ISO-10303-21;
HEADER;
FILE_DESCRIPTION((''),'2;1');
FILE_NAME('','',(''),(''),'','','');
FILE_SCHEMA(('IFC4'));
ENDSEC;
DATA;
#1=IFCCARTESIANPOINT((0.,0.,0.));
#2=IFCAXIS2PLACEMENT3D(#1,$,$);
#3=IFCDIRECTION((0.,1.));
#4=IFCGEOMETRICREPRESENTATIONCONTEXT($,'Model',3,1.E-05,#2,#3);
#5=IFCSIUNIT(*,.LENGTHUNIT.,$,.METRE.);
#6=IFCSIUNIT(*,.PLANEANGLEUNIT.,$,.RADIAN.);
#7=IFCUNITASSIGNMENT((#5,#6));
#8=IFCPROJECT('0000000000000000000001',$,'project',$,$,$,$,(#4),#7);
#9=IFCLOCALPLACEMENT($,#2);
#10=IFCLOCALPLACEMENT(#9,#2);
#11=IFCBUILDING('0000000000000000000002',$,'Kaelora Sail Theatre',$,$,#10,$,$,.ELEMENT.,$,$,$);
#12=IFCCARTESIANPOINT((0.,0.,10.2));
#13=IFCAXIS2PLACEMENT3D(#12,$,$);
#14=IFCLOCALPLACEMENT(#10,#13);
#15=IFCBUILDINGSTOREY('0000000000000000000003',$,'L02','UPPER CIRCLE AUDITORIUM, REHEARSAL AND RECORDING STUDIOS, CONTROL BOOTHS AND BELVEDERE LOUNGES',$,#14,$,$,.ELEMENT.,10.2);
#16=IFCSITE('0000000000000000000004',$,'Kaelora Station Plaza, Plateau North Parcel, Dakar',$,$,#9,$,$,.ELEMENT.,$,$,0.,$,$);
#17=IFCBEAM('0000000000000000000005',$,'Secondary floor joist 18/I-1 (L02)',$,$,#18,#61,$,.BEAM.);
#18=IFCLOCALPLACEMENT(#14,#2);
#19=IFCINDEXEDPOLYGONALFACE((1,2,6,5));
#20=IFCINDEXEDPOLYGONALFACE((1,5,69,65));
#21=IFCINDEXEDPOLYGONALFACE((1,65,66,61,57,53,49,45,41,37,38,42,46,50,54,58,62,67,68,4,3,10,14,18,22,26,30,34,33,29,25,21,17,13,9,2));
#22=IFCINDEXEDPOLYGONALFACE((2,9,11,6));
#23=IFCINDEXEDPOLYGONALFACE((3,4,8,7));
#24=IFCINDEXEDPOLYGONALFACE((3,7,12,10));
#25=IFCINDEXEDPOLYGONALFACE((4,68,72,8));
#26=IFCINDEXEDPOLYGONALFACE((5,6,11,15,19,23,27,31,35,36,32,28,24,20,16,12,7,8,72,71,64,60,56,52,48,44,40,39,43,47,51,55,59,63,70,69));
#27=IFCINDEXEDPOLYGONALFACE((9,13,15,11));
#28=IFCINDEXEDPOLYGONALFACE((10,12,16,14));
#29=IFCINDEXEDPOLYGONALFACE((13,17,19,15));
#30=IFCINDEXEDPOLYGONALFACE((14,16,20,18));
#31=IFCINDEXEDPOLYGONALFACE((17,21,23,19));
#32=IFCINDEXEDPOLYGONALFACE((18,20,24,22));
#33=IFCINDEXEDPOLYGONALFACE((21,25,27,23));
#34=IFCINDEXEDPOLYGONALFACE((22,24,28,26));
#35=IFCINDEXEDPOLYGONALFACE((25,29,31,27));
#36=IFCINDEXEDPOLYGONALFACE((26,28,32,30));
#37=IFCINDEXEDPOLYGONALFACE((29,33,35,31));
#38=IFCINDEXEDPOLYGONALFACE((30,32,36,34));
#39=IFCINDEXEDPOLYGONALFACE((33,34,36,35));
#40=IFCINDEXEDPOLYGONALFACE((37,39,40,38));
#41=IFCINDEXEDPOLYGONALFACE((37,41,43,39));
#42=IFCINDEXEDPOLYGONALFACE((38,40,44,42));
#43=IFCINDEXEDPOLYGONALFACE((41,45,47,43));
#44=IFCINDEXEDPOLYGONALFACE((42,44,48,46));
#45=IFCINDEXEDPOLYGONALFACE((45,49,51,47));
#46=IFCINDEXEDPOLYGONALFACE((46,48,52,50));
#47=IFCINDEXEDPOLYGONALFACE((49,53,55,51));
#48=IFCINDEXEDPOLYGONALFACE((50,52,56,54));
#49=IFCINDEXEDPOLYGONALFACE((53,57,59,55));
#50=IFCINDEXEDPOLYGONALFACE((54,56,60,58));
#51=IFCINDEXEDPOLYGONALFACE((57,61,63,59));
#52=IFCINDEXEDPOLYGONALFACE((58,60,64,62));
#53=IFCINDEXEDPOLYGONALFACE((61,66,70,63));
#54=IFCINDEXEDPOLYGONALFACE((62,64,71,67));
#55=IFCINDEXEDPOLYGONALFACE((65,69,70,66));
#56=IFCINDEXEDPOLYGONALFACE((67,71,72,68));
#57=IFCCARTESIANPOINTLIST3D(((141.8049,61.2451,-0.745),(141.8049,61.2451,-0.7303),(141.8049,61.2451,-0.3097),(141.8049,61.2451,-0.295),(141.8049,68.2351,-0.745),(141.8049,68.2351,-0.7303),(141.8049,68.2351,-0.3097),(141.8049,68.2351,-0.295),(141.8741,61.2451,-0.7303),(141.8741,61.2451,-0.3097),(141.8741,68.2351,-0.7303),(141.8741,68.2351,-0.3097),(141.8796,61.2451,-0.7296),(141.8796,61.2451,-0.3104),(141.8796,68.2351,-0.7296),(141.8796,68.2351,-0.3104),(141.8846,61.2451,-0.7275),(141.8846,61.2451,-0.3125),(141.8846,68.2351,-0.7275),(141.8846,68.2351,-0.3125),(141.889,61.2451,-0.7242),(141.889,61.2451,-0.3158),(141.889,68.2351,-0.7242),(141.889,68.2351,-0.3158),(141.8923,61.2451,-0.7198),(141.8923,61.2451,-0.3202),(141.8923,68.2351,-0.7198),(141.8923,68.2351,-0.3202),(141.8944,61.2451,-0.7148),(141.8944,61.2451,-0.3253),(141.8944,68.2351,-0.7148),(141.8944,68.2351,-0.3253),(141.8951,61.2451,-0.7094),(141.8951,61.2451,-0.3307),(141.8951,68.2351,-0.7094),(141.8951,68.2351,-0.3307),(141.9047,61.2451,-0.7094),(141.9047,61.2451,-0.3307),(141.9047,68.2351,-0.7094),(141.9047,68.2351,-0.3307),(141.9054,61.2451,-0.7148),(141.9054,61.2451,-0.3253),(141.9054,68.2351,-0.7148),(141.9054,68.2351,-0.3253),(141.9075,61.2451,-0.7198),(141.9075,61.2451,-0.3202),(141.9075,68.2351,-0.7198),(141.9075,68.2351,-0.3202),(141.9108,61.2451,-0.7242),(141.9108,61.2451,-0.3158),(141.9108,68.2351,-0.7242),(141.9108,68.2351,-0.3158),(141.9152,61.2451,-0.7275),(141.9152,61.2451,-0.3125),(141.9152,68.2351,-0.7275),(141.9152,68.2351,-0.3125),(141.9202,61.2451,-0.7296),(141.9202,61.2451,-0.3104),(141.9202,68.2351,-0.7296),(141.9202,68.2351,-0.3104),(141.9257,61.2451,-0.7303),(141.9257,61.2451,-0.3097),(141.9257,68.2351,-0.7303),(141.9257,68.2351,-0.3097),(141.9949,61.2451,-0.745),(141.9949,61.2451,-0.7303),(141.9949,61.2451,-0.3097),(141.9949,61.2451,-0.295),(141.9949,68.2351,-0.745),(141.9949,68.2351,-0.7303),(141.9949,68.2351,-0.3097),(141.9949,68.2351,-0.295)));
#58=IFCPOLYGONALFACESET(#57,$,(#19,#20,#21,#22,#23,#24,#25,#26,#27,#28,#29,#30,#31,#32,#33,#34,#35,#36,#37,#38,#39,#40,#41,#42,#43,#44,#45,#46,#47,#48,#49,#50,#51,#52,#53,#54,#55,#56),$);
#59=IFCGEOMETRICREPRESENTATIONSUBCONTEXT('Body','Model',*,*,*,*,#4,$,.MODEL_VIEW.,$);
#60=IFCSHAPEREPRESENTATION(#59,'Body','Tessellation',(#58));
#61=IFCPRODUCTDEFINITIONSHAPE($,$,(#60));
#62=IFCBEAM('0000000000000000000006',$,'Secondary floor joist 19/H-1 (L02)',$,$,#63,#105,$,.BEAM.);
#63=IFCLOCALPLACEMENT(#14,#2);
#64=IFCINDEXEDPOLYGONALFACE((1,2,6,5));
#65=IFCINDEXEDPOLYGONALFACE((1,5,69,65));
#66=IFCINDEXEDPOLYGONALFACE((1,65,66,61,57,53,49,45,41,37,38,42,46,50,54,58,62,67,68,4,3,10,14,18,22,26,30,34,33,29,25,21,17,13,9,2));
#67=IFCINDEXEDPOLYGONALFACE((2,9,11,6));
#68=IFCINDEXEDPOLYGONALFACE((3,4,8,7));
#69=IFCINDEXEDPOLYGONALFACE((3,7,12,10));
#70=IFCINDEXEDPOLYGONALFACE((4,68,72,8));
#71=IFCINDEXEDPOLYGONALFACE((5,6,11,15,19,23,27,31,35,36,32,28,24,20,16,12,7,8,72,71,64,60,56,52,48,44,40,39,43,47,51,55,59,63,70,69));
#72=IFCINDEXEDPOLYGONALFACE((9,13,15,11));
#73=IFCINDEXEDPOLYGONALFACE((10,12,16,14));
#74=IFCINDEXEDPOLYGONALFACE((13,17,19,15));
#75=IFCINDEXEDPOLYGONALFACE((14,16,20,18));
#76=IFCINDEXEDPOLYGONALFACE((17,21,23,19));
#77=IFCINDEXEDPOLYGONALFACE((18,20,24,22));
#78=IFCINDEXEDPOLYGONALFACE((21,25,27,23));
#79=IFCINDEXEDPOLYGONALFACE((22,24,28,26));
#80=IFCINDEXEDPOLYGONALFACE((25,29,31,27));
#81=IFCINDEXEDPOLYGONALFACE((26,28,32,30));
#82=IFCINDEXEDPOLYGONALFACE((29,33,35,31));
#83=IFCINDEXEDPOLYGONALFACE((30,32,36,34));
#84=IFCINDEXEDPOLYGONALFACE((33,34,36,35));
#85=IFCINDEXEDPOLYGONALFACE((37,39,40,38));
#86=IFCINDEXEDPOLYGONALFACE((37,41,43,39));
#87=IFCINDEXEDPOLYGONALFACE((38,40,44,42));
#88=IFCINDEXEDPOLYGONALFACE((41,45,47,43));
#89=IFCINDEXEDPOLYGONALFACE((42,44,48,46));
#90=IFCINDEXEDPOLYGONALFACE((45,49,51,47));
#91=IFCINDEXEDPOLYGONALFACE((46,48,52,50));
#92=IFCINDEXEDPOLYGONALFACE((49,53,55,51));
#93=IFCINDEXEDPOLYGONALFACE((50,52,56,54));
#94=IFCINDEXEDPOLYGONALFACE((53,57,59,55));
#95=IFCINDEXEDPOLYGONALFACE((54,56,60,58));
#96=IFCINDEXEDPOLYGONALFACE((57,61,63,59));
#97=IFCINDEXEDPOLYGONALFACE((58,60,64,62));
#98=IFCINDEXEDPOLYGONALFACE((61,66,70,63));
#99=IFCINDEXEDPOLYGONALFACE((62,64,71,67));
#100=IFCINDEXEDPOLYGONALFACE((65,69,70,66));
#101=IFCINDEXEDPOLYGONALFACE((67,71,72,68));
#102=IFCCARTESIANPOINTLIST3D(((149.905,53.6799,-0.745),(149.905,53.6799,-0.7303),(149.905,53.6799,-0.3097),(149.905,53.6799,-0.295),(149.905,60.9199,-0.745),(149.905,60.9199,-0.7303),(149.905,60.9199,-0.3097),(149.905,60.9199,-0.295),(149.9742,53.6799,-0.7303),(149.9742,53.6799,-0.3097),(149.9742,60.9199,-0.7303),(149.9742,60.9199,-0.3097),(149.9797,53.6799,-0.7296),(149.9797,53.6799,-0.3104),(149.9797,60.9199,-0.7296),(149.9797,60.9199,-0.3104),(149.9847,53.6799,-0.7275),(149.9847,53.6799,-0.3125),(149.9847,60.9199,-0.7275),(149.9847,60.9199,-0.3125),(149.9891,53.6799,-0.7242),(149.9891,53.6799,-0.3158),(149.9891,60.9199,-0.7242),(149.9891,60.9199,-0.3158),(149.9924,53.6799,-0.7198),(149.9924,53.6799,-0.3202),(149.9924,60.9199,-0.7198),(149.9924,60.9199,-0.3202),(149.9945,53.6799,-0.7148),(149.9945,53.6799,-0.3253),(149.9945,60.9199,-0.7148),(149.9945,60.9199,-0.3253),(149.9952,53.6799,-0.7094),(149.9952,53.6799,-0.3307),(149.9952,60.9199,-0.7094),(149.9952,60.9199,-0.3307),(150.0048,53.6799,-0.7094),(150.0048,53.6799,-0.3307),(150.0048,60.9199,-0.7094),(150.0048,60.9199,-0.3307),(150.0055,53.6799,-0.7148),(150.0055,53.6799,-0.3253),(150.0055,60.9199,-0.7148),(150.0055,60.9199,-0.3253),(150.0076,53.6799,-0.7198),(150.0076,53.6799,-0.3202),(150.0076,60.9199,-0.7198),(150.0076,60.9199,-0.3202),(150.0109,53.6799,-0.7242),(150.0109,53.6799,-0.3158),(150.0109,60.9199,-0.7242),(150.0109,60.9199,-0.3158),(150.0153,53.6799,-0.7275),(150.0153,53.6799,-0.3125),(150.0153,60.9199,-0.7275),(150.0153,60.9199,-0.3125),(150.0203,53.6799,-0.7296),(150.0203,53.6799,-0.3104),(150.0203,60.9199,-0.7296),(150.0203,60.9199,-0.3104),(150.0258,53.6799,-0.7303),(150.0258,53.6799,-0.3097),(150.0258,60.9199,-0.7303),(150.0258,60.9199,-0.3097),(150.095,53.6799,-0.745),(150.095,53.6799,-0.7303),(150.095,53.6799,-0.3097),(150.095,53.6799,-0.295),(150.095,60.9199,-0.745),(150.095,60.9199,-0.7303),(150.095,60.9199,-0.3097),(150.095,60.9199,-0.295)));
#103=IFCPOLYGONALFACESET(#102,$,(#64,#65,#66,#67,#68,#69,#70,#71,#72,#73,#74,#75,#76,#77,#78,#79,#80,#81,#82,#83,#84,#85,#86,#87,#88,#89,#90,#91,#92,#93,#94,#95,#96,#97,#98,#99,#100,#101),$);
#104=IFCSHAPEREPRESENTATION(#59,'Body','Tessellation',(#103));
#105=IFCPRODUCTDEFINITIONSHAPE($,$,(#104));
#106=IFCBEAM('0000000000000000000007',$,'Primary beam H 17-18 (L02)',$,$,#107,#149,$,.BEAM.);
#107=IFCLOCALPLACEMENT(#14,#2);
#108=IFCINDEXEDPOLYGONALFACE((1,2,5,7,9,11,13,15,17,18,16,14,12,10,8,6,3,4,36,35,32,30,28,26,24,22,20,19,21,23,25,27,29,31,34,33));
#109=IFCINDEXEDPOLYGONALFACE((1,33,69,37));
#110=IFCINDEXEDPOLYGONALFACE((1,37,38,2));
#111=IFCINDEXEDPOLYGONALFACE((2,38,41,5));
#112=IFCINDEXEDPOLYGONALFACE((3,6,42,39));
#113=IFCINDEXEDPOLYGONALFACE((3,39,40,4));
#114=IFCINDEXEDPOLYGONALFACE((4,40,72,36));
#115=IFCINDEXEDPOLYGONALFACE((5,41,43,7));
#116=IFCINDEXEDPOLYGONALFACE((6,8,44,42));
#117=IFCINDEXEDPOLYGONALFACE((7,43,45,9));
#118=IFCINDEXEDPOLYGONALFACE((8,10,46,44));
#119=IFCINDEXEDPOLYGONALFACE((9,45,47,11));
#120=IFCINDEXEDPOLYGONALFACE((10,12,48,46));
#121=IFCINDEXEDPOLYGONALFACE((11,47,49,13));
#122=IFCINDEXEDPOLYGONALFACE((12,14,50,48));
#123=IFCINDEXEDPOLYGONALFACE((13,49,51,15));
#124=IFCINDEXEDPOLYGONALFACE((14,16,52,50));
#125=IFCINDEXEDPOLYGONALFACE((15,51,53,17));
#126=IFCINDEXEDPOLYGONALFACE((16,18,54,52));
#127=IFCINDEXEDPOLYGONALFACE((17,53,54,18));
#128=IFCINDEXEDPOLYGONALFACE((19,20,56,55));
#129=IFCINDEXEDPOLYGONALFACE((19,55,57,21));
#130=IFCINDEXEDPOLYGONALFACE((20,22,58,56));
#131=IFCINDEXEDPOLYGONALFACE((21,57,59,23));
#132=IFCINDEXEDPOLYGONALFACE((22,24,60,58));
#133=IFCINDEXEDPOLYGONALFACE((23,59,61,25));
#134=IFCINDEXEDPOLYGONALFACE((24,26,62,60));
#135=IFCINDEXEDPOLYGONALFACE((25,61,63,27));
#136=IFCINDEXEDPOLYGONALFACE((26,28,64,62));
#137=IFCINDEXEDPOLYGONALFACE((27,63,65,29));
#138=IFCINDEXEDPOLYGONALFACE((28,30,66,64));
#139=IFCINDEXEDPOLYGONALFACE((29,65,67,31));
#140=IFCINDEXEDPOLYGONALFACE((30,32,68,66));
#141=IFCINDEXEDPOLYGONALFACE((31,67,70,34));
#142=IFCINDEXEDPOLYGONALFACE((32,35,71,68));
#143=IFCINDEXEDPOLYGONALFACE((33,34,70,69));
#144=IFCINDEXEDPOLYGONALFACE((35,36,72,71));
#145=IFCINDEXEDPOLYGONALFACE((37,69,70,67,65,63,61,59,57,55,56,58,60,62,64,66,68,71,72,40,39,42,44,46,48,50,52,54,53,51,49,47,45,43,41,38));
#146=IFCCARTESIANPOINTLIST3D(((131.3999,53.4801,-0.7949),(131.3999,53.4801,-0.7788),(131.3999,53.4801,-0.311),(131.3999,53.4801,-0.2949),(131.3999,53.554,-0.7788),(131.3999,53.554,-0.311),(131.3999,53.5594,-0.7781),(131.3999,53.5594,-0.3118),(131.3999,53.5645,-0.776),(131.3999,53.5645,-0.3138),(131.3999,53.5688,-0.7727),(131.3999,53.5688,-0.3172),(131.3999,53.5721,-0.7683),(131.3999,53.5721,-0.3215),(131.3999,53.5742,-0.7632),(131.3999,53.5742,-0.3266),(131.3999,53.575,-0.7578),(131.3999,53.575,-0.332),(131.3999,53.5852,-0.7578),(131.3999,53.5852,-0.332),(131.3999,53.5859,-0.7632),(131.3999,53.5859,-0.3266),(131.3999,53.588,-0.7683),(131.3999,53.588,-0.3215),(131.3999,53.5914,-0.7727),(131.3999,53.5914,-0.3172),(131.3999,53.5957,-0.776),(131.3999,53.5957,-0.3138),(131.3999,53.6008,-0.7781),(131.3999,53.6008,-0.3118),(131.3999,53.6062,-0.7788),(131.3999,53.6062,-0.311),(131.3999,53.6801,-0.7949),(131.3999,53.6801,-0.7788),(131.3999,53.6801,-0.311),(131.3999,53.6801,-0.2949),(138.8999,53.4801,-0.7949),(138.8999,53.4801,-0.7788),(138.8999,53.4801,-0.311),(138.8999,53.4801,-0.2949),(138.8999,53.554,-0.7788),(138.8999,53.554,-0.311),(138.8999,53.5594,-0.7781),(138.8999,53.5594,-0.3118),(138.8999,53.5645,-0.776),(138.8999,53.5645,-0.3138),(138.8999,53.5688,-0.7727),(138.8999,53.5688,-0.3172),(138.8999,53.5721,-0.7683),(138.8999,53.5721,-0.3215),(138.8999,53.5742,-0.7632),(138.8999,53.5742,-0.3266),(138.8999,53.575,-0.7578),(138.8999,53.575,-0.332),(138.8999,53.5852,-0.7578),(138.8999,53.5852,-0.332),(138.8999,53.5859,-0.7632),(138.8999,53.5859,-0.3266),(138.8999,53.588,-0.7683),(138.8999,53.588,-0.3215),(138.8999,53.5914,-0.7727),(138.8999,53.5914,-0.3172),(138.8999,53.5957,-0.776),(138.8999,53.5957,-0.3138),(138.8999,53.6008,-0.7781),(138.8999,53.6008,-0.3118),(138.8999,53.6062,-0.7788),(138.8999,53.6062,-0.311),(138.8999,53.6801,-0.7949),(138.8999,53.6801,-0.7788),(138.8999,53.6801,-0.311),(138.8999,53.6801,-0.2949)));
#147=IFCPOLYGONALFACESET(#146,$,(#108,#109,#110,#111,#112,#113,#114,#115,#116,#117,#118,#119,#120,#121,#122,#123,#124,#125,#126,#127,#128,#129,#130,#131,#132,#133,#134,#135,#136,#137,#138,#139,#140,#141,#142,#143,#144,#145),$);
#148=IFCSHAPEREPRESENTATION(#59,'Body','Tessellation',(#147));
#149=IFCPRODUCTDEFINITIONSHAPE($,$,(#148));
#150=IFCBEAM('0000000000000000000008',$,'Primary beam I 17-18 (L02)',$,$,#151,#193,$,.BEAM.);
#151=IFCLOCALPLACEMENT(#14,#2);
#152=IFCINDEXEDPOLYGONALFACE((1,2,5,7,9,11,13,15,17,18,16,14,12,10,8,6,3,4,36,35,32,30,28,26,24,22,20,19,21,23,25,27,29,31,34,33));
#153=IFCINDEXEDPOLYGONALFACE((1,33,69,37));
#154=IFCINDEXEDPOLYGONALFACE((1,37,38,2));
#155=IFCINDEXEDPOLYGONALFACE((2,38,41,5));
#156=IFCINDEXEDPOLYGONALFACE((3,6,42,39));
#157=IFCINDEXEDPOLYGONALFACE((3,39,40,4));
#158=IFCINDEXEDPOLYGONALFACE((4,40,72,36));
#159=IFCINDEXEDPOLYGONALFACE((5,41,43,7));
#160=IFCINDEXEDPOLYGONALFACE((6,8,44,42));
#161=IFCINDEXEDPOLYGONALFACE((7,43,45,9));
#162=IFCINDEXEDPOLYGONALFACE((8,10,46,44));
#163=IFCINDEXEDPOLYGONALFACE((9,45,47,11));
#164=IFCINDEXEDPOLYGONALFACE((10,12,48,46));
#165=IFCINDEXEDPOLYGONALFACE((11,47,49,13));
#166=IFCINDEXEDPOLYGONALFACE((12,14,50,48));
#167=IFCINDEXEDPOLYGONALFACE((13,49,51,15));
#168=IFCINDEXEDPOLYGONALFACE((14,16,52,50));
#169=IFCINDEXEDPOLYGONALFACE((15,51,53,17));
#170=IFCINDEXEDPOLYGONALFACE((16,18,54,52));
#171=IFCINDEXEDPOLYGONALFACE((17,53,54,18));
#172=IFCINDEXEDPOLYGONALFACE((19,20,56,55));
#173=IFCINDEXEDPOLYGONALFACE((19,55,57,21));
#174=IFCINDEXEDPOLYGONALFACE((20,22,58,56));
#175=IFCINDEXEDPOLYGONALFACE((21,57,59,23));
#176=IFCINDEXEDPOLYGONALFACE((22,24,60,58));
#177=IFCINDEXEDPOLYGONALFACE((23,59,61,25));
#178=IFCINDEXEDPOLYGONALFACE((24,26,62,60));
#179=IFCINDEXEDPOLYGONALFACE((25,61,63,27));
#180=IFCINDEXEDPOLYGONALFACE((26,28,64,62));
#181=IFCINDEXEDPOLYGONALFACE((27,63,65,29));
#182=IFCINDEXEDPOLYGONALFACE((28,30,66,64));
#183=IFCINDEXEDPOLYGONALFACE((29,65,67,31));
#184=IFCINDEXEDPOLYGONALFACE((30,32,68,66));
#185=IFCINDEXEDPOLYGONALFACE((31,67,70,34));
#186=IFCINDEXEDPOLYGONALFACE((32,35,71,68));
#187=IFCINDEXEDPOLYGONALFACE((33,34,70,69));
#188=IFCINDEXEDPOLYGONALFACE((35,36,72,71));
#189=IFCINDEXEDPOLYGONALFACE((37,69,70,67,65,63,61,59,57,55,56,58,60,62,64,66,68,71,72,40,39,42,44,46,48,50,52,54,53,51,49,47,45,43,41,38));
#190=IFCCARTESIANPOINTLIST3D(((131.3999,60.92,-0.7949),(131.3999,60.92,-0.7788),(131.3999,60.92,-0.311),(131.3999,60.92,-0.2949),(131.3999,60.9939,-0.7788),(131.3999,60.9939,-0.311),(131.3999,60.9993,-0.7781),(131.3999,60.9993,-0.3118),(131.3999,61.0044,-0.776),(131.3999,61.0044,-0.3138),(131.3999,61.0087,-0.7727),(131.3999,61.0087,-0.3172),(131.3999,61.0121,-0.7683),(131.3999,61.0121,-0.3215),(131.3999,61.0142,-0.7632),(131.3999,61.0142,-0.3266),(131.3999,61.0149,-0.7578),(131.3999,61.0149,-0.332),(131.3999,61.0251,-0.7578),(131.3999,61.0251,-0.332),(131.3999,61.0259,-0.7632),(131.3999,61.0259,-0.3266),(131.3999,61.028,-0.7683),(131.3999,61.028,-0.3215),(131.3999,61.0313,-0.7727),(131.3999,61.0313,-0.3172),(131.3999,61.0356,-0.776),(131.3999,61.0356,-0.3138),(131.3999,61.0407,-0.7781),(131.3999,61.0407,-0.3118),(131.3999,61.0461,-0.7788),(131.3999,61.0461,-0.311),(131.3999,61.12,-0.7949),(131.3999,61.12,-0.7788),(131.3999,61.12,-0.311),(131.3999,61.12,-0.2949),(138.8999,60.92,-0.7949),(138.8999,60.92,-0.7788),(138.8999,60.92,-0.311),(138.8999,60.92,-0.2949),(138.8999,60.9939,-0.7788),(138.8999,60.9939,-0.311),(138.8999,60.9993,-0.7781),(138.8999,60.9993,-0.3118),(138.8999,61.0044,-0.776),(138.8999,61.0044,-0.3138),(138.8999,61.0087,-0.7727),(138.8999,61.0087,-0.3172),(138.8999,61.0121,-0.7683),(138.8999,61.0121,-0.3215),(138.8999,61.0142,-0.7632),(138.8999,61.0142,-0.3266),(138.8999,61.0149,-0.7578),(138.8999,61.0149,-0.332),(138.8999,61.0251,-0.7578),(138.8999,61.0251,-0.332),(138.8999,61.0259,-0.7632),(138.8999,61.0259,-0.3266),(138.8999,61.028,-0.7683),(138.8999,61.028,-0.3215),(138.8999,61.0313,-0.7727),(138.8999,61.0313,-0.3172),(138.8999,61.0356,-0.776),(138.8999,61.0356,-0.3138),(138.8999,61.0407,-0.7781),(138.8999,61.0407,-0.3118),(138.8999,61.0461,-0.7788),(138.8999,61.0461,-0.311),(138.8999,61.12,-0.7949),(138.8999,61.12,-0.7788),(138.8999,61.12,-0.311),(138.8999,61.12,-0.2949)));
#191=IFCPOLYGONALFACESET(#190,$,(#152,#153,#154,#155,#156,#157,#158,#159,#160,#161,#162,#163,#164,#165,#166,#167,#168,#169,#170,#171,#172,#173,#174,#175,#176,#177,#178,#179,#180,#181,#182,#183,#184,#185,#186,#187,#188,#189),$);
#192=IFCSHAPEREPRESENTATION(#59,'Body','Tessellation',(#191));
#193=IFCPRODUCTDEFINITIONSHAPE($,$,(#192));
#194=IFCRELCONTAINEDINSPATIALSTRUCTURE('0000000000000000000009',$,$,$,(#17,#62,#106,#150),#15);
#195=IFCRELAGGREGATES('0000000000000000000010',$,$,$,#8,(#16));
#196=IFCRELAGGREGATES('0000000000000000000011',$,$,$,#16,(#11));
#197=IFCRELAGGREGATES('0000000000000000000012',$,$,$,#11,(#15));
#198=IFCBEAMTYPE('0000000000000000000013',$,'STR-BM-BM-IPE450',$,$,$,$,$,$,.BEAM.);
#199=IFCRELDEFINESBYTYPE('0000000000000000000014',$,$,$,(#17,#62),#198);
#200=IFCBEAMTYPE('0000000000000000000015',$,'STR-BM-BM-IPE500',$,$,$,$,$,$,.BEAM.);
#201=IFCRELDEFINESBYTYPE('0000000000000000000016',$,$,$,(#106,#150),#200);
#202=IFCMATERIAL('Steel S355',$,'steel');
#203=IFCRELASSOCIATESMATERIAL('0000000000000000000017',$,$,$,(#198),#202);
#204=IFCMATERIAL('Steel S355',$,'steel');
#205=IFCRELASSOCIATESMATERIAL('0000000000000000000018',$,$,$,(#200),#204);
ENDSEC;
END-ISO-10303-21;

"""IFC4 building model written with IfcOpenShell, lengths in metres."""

from ifc_helpers import new_model, si_unit, direction, frame, origin, origin_2d, place, context, subcontext, project, spatial, i_section, extrude, material, material_profile, profile_set, type_object, element, save


model = new_model("IFC4")

# Units and contexts
model_context = context("Model", 3, precision=1e-05, world=origin(), true_north=direction((0.0, 1.0)))
body_context = subcontext(model_context, "Body", "Model", "MODEL_VIEW")
ifc_project = project(units=[si_unit("LENGTHUNIT", "METRE"), si_unit("PLANEANGLEUNIT", "RADIAN")], contexts=[model_context])

# Site, building, storey
site_placement = place(None, origin())
site = spatial("IfcSite", under=ifc_project, at=site_placement, Name="Kaelora Station Plaza, Plateau North Parcel, Dakar", CompositionType="ELEMENT", RefElevation=0.0)
building_placement = place(site_placement, origin())
building = spatial("IfcBuilding", under=site, at=building_placement, Name="Kaelora Sail Theatre", CompositionType="ELEMENT")
storey_placement = place(building_placement, frame((0.0, 0.0, 10.2)))
storey = spatial("IfcBuildingStorey", under=building, at=storey_placement, Name="L02", Description="UPPER CIRCLE AUDITORIUM, REHEARSAL AND RECORDING STUDIOS, CONTROL BOOTHS AND BELVEDERE LOUNGES", CompositionType="ELEMENT", Elevation=10.2)

# Beams
ifc_material_1 = material(Name="Steel S355", Category="steel")
ifc_material_profile_1 = material_profile(ifc_material_1, i_section(OverallWidth=0.1899, OverallDepth=0.45, WebThickness=0.0095, FlangeThickness=0.0146, FilletRadius=0.021, at=origin_2d()), Name="IPE 450")
ifc_profile_set_1 = profile_set([ifc_material_profile_1], Name="Steel S355")
beam_type_1 = type_object("IfcBeamType", Name="STR-BM-BM-IPE450", PredefinedType="BEAM", material=ifc_profile_set_1)
for number, where, z_axis, x_axis, name in (
    (1, (141.8999, 61.2451, -0.52), (0.0, 1.0, 0.0), (-1.0, 0.0, 0.0), "Secondary floor joist 18/I-1 (L02)"),
):
    element("IfcBeam", number, at=place(storey_placement, frame(where, z_axis=z_axis, x_axis=x_axis)), inside=storey, type_object=beam_type_1, Name=name, PredefinedType="BEAM", context=body_context, shape_type="SweptSolid", body=[
        extrude(i_section(OverallWidth=0.1899, OverallDepth=0.45, WebThickness=0.0095, FlangeThickness=0.0146, FilletRadius=0.021, at=origin_2d()), origin(), (0.0, 0.0, 1.0), 6.99),
    ])
beam_1_placement = place(storey_placement, frame((150.0, 53.6799, -0.52), z_axis=(0.0, 1.0, 0.0), x_axis=(-1.0, 0.0, 0.0)))
element("IfcBeam", 2, at=beam_1_placement, inside=storey, type_object=beam_type_1, Name="Secondary floor joist 19/H-1 (L02)", PredefinedType="BEAM", context=body_context, shape_type="SweptSolid", body=[
    extrude(i_section(OverallWidth=0.1899, OverallDepth=0.45, WebThickness=0.0095, FlangeThickness=0.0146, FilletRadius=0.021, at=origin_2d()), origin(), (0.0, 0.0, 1.0), 7.24),
])
ifc_material_2 = material(Name="Steel S355", Category="steel")
ifc_material_profile_2 = material_profile(ifc_material_2, i_section(OverallWidth=0.2, OverallDepth=0.5, WebThickness=0.0103, FlangeThickness=0.0161, FilletRadius=0.021, at=origin_2d()), Name="IPE 500")
ifc_profile_set_2 = profile_set([ifc_material_profile_2], Name="Steel S355")
beam_type_2 = type_object("IfcBeamType", Name="STR-BM-BM-IPE500", PredefinedType="BEAM", material=ifc_profile_set_2)
for number, where, z_axis, x_axis, name in (
    (3, (131.3999, 53.5801, -0.5449), (1.0, 0.0, 0.0), (0.0, 1.0, 0.0), "Primary beam H 17-18 (L02)"),
    (4, (131.3999, 61.02, -0.5449), (1.0, 0.0, 0.0), (0.0, 1.0, 0.0), "Primary beam I 17-18 (L02)"),
):
    element("IfcBeam", number, at=place(storey_placement, frame(where, z_axis=z_axis, x_axis=x_axis)), inside=storey, type_object=beam_type_2, Name=name, PredefinedType="BEAM", context=body_context, shape_type="SweptSolid", body=[
        extrude(i_section(OverallWidth=0.2, OverallDepth=0.5, WebThickness=0.0103, FlangeThickness=0.0161, FilletRadius=0.021, at=origin_2d()), origin(), (0.0, 0.0, 1.0), 7.5),
    ])

save(model, "model.ifc")
